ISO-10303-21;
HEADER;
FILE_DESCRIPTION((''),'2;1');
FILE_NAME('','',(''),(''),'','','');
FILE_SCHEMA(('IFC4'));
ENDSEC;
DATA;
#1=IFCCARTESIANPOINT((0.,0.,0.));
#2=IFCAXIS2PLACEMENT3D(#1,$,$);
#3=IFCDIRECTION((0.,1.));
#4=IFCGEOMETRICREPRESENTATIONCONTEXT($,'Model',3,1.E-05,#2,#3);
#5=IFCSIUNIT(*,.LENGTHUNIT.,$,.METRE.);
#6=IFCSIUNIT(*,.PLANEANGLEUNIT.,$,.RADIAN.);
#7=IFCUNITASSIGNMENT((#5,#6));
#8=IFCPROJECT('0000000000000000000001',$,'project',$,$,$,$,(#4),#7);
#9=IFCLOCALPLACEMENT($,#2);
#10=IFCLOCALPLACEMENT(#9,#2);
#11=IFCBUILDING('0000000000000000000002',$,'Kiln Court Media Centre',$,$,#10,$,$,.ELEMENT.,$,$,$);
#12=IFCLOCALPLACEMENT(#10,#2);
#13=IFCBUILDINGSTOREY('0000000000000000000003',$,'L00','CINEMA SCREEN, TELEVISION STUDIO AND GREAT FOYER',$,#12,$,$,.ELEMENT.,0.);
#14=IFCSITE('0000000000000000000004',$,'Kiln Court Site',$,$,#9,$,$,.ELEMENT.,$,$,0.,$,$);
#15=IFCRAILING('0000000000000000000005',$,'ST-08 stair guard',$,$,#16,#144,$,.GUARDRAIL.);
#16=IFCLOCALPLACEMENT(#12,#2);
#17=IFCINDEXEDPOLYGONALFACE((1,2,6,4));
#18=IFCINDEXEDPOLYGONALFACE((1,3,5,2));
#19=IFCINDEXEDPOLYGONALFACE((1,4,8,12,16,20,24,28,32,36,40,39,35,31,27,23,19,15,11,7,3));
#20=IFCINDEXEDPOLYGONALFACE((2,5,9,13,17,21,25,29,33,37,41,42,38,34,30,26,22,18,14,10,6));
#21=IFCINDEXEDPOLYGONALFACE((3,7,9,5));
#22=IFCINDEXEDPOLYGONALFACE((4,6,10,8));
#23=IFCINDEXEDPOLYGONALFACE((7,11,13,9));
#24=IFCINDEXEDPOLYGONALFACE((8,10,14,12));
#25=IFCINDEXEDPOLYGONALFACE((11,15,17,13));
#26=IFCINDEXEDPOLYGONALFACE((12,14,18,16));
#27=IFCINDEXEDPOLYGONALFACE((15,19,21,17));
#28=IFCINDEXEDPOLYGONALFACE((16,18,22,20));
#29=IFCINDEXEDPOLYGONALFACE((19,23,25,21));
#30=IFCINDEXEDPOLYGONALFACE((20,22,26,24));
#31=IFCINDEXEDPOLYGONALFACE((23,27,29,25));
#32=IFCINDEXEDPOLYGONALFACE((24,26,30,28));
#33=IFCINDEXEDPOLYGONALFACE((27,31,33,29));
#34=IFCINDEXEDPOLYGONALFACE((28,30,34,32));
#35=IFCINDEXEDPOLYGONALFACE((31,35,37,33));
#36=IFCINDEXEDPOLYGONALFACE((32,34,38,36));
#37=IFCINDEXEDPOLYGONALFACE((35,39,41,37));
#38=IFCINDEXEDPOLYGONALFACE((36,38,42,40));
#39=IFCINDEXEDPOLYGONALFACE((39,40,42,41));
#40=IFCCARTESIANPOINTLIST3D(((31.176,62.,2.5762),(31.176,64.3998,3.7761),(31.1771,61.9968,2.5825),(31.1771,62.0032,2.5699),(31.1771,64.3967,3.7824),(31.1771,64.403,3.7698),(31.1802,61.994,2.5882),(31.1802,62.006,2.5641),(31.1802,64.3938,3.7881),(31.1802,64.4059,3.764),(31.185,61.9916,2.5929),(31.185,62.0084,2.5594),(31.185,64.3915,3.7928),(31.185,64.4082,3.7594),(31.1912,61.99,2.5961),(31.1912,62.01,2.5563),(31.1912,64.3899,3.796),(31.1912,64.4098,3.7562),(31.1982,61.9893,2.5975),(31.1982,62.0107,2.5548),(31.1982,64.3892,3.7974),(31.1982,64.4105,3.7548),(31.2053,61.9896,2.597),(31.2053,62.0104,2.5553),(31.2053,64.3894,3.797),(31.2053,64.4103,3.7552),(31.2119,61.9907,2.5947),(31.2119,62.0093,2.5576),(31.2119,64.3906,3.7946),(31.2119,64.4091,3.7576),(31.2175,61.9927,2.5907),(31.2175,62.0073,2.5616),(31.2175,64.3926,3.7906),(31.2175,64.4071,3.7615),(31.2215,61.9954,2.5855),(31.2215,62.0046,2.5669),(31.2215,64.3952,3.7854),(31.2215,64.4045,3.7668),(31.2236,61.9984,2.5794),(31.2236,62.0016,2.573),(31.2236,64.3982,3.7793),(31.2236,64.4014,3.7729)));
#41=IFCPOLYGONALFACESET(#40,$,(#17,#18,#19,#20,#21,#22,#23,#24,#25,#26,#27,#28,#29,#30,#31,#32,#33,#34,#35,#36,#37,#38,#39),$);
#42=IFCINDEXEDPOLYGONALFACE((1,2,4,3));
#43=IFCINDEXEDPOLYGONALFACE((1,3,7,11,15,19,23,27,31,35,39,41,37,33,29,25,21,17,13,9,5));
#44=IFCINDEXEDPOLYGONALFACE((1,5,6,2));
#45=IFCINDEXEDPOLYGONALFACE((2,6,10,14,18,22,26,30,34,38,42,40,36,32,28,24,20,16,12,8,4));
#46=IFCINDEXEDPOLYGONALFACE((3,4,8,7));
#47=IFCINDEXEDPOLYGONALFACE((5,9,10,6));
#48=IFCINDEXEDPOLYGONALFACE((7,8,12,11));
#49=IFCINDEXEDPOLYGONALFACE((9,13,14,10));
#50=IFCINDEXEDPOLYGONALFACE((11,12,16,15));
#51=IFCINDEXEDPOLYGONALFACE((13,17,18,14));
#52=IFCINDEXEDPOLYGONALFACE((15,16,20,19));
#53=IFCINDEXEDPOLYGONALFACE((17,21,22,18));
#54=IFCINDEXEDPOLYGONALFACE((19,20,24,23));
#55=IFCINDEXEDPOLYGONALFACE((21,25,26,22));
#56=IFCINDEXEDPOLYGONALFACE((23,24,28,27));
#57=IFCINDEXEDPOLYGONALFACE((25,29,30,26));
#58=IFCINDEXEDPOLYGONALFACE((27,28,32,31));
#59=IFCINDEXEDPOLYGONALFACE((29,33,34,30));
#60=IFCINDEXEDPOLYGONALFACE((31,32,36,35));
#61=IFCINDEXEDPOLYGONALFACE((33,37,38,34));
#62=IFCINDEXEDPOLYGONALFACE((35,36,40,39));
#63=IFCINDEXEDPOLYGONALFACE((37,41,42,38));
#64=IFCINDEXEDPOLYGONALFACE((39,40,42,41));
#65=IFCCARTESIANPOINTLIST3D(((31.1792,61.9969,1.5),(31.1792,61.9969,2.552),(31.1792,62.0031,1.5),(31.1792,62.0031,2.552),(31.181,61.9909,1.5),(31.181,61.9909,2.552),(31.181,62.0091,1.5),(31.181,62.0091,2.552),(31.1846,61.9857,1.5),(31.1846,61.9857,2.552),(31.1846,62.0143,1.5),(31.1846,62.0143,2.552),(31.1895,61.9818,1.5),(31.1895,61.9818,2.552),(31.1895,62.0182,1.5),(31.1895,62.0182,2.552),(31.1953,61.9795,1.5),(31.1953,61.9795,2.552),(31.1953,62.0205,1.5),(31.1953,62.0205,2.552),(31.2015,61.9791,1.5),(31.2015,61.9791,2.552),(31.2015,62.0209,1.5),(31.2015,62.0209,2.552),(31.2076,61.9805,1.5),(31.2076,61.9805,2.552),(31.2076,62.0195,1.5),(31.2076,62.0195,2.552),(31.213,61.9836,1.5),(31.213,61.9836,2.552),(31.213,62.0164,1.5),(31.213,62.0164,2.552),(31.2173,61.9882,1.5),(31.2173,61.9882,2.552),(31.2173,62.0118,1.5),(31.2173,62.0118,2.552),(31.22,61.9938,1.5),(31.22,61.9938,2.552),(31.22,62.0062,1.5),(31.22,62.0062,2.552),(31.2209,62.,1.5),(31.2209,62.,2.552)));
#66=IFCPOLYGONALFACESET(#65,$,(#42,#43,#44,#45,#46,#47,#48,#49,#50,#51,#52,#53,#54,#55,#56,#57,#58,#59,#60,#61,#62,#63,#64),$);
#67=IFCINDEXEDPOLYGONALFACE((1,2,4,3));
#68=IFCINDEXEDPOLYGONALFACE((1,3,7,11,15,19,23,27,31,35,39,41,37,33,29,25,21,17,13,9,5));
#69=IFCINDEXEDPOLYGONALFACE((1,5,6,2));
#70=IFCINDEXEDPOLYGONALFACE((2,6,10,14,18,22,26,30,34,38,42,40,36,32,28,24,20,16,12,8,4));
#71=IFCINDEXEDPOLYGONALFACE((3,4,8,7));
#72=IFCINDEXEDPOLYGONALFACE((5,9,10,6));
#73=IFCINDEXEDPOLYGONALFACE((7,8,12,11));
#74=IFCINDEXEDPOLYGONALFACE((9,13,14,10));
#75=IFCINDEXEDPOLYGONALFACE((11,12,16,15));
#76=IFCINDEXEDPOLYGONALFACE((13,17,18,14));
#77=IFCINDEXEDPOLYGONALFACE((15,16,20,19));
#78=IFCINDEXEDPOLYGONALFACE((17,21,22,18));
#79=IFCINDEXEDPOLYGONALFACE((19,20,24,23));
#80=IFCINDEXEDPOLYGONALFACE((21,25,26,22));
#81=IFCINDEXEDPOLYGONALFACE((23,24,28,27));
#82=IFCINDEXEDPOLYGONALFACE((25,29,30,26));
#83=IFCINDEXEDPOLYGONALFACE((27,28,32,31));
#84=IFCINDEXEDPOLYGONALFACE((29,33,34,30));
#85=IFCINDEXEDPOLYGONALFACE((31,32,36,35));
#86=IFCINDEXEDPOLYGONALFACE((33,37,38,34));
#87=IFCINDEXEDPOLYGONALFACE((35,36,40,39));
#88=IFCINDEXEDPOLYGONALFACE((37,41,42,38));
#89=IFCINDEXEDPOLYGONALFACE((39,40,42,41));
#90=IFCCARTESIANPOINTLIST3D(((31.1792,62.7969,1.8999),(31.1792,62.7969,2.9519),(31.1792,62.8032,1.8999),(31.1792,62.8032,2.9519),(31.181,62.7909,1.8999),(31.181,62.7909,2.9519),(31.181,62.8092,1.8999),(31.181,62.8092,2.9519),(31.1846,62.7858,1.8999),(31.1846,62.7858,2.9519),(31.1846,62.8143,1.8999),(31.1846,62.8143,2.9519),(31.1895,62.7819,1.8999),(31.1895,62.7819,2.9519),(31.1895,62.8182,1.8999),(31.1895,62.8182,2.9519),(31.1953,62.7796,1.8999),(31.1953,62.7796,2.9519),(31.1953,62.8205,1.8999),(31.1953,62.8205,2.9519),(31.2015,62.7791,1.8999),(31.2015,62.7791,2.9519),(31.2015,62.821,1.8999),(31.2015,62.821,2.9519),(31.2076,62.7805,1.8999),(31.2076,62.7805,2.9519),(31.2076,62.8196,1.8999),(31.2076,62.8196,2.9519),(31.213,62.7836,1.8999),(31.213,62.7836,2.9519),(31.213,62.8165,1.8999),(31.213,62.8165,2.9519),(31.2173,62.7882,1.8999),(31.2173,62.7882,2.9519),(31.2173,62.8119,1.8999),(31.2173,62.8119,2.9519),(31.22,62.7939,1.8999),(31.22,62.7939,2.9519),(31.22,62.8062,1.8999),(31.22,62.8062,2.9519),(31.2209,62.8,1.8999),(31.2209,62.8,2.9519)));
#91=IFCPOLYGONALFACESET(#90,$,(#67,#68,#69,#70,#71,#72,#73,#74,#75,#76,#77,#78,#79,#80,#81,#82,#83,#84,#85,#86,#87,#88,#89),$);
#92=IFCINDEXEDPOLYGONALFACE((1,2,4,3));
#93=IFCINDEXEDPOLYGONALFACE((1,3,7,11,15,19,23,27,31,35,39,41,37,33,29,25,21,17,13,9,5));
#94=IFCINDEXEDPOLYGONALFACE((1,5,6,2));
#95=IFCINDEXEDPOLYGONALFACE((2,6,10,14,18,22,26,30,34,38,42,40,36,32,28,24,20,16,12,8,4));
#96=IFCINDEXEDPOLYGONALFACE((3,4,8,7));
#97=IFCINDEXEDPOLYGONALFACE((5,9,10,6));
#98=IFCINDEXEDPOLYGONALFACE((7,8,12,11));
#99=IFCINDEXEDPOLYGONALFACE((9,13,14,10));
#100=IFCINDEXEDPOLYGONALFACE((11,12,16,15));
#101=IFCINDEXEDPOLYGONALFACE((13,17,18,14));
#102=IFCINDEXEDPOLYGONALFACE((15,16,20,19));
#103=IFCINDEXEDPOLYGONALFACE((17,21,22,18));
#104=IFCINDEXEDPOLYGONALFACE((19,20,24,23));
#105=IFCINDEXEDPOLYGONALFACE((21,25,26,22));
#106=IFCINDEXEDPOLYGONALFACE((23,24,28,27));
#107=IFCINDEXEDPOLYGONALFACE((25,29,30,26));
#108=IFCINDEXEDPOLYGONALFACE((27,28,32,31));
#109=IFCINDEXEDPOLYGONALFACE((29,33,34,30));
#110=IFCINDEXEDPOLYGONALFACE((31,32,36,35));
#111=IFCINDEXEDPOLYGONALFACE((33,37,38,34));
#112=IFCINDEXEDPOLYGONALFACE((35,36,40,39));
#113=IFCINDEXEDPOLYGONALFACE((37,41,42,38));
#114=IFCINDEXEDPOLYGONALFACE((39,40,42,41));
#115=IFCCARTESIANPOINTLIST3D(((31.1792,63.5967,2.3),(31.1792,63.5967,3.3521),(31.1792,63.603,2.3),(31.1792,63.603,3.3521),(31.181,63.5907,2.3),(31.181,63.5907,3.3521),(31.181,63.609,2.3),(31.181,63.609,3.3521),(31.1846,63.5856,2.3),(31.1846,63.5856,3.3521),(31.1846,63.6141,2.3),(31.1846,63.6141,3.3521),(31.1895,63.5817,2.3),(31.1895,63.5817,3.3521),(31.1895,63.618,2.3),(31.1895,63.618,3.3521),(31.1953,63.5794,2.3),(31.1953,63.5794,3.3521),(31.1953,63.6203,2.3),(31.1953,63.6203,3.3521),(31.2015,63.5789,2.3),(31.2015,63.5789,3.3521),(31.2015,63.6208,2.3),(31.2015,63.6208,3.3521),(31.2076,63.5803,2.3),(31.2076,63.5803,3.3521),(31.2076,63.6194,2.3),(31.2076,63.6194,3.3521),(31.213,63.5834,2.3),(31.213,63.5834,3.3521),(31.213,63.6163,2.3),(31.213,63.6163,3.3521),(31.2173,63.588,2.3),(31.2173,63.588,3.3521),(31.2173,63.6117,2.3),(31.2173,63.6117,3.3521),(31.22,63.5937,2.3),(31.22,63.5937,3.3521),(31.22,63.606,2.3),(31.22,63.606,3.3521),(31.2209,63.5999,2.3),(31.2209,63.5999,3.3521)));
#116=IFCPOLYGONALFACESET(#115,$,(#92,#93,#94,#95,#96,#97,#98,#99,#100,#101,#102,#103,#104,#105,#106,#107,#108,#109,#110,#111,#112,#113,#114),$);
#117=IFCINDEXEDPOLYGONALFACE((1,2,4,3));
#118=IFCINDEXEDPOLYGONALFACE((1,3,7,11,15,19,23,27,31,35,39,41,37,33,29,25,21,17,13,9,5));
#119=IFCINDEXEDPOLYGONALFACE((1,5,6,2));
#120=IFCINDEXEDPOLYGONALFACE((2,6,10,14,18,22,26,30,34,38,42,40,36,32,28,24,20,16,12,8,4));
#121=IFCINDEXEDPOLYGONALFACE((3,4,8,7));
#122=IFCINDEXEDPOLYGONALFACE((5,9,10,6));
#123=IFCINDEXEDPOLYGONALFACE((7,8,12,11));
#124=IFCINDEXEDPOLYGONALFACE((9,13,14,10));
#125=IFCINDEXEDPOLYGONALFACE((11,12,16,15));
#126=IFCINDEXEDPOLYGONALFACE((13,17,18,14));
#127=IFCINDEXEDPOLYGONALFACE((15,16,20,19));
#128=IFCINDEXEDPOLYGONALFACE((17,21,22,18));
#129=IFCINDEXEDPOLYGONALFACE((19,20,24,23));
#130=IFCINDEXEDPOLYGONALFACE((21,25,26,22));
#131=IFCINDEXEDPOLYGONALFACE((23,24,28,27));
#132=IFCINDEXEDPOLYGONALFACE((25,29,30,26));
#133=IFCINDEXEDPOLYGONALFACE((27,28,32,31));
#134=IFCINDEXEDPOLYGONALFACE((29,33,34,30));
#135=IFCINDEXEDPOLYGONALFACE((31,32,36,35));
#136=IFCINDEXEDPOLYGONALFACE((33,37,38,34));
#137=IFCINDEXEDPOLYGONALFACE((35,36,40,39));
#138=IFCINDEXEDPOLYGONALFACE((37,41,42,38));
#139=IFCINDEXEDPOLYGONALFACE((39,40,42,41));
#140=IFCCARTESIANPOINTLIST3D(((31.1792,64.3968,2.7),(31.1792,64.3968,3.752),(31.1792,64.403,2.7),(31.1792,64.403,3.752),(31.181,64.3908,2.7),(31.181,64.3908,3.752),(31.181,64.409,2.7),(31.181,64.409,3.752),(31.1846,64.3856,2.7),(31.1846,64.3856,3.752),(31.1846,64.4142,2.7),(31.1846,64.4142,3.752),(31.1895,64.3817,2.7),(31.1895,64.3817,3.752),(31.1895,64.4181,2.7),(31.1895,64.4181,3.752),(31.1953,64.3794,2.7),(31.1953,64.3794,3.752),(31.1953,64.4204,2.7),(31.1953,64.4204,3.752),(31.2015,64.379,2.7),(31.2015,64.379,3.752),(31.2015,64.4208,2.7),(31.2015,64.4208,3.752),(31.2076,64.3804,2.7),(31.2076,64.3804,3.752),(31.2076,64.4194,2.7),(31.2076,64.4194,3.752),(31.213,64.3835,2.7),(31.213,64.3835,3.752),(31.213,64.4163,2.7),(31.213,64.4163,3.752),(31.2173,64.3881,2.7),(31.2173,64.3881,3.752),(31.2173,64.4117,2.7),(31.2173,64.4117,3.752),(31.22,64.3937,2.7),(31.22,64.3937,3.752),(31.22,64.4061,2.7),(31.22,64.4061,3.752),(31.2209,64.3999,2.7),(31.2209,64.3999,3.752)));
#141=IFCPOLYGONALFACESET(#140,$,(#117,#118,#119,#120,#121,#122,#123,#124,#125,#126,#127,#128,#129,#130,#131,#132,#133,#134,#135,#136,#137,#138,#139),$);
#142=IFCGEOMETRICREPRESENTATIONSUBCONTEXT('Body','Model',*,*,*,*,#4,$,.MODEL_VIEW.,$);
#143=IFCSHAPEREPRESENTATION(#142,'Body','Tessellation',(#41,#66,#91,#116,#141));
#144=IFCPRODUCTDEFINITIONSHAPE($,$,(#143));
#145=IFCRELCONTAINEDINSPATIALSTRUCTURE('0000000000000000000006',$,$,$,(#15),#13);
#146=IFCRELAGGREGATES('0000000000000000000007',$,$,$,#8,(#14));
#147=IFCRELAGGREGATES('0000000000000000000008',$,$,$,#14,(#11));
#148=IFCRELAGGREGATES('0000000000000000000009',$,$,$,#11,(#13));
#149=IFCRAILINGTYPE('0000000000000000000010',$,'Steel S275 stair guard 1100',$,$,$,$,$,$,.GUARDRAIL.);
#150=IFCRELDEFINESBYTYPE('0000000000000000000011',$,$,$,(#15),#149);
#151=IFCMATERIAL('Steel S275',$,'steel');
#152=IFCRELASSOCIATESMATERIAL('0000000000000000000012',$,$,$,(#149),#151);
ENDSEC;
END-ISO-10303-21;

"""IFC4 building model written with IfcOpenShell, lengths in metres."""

from ifc_helpers import new_model, si_unit, direction, frame, origin, origin_2d, place, context, subcontext, project, spatial, circle, extrude, material, type_object, element, save


model = new_model("IFC4")

# Units and contexts
model_context = context("Model", 3, precision=1e-05, world=origin(), true_north=direction((0.0, 1.0)))
body_context = subcontext(model_context, "Body", "Model", "MODEL_VIEW")
ifc_project = project(units=[si_unit("LENGTHUNIT", "METRE"), si_unit("PLANEANGLEUNIT", "RADIAN")], contexts=[model_context])

# Site, building, storey
site_placement = place(None, origin())
site = spatial("IfcSite", under=ifc_project, at=site_placement, Name="Kiln Court Site", CompositionType="ELEMENT", RefElevation=0.0)
building_placement = place(site_placement, origin())
building = spatial("IfcBuilding", under=site, at=building_placement, Name="Kiln Court Media Centre", CompositionType="ELEMENT")
storey_placement = place(building_placement, origin())
storey = spatial("IfcBuildingStorey", under=building, at=storey_placement, Name="L00", Description="CINEMA SCREEN, TELEVISION STUDIO AND GREAT FOYER", CompositionType="ELEMENT", Elevation=0.0)

# Railing
ifc_material_1 = material(Name="Steel S275", Category="steel")
railing_type_1 = type_object("IfcRailingType", Name="Steel S275 stair guard 1100", PredefinedType="GUARDRAIL", material=ifc_material_1)
railing_1_placement = place(storey_placement, frame((31.2, 62.0, 1.5)))
element("IfcRailing", 1, at=railing_1_placement, inside=storey, type_object=railing_type_1, Name="ST-08 stair guard", PredefinedType="GUARDRAIL", context=body_context, shape_type="SweptSolid", body=[
    extrude(circle(Radius=0.0239, at=origin_2d()), frame((0.0, 0.0, 1.0762), z_axis=(0.0, 0.894427, 0.447214), x_axis=(-1.0, 0.0, 0.0)), (0.0, 0.0, 1.0), 2.6831),
    extrude(circle(Radius=0.021, at=origin_2d()), origin(), (0.0, 0.0, 1.0), 1.052),
    extrude(circle(Radius=0.021, at=origin_2d()), frame((0.0, 0.8, 0.3999)), (0.0, 0.0, 1.0), 1.052),
    extrude(circle(Radius=0.021, at=origin_2d()), frame((0.0, 1.5999, 0.8)), (0.0, 0.0, 1.0), 1.052),
    extrude(circle(Radius=0.021, at=origin_2d()), frame((0.0, 2.3999, 1.2)), (0.0, 0.0, 1.0), 1.052),
])

save(model, "model.ifc")
